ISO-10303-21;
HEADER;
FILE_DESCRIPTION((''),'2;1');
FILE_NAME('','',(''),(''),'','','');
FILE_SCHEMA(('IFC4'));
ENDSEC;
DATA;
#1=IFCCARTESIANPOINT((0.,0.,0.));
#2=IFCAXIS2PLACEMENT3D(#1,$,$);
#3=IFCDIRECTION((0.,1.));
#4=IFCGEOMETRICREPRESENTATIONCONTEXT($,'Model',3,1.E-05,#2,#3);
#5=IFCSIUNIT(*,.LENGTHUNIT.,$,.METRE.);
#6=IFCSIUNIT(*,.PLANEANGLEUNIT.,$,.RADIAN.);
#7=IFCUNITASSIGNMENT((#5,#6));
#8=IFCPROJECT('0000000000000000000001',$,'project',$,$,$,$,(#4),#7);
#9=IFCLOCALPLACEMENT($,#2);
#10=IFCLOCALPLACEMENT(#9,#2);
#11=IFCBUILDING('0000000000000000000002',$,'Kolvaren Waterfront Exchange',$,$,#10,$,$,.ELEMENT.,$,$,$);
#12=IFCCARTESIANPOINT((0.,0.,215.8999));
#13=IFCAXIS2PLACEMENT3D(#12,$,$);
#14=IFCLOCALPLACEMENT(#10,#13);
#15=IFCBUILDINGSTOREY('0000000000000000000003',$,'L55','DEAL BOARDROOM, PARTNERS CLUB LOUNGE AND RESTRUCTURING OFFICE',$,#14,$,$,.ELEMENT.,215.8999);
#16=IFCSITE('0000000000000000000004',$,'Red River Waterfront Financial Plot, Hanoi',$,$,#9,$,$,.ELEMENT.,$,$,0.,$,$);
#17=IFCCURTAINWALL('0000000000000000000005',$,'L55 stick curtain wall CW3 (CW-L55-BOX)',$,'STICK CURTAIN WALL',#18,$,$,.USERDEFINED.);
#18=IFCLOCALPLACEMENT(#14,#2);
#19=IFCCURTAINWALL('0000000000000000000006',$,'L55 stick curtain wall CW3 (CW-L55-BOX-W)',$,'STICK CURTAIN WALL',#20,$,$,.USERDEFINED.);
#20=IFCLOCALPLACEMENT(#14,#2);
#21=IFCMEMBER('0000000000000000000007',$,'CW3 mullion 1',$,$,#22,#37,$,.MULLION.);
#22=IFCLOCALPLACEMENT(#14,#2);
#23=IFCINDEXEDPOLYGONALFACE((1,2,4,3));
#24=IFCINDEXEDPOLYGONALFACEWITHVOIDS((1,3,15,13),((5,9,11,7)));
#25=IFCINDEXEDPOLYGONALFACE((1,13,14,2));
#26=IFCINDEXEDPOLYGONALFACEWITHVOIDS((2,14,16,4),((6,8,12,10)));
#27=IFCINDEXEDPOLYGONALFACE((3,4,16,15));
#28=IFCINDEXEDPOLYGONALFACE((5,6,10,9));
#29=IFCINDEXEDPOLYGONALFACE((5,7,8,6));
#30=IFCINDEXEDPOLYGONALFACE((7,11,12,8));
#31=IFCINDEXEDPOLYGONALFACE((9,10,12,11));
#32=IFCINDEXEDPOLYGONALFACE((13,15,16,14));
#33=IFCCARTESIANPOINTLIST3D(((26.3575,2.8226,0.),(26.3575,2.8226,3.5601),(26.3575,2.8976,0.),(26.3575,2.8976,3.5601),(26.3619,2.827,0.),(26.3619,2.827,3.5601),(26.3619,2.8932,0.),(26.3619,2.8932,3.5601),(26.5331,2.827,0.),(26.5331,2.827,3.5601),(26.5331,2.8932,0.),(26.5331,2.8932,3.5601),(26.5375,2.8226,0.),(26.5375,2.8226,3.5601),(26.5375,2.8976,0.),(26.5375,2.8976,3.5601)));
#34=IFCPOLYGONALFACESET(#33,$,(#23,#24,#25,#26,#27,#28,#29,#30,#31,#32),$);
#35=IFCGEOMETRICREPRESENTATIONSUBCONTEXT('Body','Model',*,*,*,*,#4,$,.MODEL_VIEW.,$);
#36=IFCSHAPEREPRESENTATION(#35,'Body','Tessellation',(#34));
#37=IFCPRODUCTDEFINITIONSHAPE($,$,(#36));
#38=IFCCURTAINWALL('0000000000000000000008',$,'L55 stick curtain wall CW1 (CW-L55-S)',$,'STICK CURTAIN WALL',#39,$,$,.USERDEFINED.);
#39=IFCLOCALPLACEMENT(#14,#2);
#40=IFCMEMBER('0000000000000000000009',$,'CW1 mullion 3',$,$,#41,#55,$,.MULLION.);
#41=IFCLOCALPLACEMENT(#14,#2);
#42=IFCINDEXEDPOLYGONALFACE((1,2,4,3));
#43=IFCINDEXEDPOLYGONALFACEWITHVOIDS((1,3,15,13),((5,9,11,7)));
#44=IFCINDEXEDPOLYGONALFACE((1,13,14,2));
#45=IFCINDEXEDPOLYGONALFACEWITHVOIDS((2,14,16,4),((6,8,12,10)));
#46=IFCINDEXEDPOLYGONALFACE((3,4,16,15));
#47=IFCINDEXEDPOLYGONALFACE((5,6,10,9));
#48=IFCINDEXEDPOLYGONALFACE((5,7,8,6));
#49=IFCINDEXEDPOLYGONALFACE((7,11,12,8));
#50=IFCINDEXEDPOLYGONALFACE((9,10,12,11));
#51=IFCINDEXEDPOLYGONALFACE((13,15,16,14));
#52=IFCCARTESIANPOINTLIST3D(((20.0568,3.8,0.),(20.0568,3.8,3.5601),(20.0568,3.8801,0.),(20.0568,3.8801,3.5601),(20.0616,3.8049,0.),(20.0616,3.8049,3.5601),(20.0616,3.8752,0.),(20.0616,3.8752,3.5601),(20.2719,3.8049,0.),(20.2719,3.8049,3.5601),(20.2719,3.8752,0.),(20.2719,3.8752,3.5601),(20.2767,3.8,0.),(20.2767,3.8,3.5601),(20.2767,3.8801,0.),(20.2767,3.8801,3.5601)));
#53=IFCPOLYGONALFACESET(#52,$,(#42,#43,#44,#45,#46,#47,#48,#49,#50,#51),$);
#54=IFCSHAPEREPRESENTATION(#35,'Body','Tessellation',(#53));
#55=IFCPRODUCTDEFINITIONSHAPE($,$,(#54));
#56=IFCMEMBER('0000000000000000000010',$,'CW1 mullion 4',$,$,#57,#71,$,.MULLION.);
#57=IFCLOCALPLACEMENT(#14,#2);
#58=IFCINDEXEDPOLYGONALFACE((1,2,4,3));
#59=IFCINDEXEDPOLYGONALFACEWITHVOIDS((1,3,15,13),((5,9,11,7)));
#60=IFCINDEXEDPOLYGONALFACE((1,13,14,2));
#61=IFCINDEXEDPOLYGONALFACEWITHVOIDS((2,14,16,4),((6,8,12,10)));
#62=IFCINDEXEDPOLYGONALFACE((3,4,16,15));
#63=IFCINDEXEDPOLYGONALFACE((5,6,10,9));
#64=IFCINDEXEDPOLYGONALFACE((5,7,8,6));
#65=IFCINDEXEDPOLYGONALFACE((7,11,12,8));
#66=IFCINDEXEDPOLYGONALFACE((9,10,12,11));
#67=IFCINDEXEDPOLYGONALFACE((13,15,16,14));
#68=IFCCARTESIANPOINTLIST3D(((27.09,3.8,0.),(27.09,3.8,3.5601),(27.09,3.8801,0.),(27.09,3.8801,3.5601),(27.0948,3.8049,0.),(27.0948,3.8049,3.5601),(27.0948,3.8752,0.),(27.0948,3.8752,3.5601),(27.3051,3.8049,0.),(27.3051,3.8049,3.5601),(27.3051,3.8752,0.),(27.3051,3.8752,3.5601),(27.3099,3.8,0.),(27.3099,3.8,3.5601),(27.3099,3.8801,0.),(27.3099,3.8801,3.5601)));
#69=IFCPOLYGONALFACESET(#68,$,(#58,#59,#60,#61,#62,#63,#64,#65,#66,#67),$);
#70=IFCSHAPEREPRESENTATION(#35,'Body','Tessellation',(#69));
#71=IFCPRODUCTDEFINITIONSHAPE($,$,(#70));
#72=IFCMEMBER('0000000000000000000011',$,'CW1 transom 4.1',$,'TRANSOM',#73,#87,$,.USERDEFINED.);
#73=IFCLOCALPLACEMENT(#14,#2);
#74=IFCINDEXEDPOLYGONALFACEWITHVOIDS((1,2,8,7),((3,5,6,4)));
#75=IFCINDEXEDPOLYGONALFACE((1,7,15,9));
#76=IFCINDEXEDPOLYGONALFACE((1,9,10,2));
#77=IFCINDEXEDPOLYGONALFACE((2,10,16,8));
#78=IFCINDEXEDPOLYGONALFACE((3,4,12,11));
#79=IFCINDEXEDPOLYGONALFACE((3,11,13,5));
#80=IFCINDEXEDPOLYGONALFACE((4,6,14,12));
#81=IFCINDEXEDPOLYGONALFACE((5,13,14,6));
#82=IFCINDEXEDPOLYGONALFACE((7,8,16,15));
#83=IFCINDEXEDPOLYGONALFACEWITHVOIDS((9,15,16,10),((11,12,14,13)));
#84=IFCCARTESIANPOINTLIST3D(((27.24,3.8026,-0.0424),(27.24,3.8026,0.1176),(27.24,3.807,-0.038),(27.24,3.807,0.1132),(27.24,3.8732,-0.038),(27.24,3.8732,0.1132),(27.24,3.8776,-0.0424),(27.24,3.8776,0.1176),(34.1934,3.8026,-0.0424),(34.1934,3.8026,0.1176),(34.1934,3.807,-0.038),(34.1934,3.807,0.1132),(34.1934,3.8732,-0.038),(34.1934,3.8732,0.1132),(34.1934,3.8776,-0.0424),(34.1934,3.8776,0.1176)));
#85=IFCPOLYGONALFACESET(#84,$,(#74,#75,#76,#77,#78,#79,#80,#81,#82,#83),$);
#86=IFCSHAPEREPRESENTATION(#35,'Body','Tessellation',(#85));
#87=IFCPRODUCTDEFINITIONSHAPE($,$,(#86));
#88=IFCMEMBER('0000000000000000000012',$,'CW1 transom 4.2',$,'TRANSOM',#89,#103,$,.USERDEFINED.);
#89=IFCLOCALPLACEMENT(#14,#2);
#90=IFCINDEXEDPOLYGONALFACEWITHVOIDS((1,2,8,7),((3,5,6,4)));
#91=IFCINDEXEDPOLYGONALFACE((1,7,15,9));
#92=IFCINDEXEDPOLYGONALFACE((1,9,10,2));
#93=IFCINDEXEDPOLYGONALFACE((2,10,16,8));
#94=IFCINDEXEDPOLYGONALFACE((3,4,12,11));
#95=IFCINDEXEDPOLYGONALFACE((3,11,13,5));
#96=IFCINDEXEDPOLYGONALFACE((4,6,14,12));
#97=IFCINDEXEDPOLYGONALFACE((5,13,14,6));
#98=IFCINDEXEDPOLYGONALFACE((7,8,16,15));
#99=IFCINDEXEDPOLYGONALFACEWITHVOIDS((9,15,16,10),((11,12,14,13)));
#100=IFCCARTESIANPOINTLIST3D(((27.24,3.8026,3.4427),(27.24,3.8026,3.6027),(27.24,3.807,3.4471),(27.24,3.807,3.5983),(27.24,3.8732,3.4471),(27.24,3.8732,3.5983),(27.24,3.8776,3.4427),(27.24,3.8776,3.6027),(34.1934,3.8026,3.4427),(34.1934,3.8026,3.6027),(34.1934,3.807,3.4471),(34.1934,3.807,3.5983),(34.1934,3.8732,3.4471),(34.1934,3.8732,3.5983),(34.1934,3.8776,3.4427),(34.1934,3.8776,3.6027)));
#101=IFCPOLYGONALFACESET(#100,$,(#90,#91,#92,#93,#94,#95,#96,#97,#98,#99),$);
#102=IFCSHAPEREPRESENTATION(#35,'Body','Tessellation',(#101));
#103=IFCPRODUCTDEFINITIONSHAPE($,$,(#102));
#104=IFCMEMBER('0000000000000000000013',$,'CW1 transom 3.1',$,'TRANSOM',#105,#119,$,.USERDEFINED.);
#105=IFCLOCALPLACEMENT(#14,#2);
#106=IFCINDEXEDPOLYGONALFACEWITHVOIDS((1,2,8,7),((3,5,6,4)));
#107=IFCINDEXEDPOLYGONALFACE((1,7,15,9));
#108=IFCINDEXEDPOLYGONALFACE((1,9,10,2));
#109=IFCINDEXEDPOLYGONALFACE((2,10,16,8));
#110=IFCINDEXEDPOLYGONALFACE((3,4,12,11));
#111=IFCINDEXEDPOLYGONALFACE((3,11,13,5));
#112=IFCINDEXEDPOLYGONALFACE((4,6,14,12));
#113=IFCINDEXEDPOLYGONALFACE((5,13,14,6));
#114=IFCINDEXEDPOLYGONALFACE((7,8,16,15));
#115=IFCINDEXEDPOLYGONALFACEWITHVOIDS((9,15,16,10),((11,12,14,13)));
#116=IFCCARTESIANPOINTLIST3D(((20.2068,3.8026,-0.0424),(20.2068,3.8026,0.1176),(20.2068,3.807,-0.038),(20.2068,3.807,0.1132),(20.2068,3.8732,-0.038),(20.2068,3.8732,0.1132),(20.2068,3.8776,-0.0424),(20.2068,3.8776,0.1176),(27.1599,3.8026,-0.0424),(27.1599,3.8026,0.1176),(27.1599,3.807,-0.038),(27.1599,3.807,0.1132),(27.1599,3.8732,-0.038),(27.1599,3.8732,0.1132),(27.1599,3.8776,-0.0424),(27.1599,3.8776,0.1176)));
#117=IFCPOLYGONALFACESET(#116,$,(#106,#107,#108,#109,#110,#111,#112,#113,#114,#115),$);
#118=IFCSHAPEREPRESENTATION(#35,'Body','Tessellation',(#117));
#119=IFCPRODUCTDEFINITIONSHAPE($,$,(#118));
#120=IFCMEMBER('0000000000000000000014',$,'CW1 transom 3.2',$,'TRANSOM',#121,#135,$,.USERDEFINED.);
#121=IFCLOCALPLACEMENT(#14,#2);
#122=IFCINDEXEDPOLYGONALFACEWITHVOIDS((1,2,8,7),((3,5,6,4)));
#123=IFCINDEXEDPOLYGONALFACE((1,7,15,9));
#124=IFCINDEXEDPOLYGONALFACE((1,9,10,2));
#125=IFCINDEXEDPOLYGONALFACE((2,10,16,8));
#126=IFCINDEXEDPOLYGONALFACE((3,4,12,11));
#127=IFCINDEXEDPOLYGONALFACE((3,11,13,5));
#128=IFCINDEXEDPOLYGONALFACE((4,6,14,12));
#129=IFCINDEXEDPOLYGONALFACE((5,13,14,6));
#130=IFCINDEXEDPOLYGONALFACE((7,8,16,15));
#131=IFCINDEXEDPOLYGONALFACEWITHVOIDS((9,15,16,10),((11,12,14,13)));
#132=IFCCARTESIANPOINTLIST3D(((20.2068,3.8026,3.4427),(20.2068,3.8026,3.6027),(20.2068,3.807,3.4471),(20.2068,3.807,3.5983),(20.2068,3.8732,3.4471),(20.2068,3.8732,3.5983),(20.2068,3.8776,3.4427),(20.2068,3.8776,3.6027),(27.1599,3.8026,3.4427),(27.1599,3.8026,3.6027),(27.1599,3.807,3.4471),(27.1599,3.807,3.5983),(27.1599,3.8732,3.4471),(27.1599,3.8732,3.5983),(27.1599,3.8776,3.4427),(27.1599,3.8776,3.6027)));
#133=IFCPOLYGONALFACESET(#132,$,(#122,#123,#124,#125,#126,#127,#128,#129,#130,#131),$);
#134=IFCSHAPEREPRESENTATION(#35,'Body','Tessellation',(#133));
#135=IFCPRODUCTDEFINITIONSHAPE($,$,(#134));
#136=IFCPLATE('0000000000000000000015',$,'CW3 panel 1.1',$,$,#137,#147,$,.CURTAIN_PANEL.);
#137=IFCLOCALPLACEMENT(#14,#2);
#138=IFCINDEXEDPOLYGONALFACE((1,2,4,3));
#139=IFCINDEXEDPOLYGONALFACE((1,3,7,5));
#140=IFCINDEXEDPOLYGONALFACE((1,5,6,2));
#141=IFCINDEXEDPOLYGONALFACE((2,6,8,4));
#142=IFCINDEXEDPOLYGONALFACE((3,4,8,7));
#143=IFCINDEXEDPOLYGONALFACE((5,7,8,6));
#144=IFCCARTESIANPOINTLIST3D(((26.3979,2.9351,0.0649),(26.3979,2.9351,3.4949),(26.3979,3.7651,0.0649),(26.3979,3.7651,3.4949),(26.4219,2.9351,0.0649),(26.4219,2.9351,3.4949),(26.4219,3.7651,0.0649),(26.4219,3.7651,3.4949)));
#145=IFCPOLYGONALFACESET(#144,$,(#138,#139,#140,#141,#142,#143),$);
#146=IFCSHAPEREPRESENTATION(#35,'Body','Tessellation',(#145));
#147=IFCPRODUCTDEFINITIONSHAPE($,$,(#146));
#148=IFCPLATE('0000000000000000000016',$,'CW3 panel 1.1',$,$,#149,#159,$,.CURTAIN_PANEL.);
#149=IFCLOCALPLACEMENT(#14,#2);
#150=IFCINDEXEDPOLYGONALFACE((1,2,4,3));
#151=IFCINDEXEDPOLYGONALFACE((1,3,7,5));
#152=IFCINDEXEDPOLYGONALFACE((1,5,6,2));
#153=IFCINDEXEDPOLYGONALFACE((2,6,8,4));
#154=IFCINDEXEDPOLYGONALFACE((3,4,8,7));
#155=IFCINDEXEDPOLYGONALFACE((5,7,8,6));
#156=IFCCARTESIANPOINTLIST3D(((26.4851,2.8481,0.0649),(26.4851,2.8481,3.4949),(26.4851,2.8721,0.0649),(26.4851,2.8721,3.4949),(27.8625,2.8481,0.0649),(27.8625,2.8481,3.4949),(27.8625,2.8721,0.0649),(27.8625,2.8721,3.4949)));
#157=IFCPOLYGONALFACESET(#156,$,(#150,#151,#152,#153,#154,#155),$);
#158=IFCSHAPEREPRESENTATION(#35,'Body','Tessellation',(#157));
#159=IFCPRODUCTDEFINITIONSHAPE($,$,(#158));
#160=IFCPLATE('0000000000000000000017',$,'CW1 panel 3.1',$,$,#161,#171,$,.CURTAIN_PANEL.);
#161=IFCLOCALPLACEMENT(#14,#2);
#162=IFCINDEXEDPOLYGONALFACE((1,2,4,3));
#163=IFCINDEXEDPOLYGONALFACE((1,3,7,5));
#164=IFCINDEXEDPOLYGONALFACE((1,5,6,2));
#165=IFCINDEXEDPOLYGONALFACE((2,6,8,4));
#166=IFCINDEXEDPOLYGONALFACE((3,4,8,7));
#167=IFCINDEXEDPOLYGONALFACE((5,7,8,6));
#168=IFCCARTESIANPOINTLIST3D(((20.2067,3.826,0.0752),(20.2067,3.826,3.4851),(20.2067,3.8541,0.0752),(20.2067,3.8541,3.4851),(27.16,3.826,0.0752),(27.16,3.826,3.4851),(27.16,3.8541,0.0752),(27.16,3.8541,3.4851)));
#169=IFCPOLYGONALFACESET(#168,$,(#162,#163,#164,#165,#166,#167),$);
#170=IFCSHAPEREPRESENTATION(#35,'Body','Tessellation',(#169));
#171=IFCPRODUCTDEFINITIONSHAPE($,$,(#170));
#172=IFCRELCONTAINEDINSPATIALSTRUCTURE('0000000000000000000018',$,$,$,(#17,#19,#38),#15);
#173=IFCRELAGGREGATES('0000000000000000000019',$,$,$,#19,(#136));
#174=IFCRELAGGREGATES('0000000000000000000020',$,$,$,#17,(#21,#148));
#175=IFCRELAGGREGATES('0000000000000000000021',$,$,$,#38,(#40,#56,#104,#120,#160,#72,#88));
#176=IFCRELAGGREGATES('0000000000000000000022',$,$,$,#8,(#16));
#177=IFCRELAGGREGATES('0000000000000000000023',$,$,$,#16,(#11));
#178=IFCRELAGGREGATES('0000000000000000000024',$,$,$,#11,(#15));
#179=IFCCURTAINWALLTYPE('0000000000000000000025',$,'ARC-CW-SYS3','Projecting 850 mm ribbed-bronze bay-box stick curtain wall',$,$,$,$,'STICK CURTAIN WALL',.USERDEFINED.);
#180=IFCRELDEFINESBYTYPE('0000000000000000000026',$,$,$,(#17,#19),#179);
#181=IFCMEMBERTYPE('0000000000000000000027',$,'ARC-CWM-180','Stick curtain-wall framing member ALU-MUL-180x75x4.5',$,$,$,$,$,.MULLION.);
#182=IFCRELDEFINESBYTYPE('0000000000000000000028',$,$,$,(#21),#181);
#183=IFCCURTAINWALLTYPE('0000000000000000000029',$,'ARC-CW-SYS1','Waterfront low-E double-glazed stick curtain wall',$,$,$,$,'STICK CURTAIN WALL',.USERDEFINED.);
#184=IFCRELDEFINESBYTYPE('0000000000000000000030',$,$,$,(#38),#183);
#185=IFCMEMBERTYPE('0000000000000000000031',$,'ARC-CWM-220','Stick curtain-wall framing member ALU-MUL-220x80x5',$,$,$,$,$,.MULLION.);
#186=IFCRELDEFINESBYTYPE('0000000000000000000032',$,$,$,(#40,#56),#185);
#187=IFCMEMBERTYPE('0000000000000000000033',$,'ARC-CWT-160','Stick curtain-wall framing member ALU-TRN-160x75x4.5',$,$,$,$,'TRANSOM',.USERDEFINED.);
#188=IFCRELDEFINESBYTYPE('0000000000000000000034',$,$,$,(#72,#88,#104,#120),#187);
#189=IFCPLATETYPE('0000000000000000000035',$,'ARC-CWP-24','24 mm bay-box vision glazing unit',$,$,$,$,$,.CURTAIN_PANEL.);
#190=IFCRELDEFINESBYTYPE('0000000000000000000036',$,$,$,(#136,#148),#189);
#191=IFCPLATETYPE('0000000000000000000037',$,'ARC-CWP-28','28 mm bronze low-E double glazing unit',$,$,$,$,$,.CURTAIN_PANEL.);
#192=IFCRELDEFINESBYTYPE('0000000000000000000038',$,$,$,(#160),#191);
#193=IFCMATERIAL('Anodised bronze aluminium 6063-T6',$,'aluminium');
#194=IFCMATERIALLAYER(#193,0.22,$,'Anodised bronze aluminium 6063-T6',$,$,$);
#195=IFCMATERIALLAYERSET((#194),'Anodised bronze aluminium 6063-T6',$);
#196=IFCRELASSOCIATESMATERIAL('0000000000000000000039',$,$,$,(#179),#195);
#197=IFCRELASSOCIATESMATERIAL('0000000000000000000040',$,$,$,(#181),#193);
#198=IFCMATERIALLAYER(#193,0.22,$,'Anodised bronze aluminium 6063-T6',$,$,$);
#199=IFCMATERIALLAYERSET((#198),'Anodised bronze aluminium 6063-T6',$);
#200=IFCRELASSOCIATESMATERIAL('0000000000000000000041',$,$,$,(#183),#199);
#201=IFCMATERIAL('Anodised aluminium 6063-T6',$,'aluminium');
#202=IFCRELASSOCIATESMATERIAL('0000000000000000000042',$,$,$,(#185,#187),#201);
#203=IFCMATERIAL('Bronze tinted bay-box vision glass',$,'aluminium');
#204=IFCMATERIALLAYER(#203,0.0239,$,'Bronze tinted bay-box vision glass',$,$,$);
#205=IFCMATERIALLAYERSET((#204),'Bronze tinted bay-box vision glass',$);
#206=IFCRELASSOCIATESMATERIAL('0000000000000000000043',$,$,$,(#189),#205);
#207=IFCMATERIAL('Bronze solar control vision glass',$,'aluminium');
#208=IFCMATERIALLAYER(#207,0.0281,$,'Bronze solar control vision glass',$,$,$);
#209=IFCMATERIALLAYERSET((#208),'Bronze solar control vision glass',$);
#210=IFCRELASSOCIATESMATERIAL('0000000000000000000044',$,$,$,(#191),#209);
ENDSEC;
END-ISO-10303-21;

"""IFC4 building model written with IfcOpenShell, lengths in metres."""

from ifc_helpers import new_model, si_unit, direction, frame, origin, origin_with_axes, origin_2d, place, context, subcontext, project, spatial, rectangle, hollow_rectangle, extrude, source, transform, mapped, material, layer, layer_set, material_profile, profile_set, type_object, element, aggregate, save


model = new_model("IFC4")

# Units and contexts
model_context = context("Model", 3, precision=1e-05, world=origin(), true_north=direction((0.0, 1.0)))
body_context = subcontext(model_context, "Body", "Model", "MODEL_VIEW")
ifc_project = project(units=[si_unit("LENGTHUNIT", "METRE"), si_unit("PLANEANGLEUNIT", "RADIAN")], contexts=[model_context])

# Site, building, storey
site_placement = place(None, origin())
site = spatial("IfcSite", under=ifc_project, at=site_placement, Name="Red River Waterfront Financial Plot, Hanoi", CompositionType="ELEMENT", RefElevation=0.0)
building_placement = place(site_placement, origin())
building = spatial("IfcBuilding", under=site, at=building_placement, Name="Kolvaren Waterfront Exchange", CompositionType="ELEMENT")
storey_placement = place(building_placement, frame((0.0, 0.0, 215.8999)))
storey = spatial("IfcBuildingStorey", under=building, at=storey_placement, Name="L55", Description="DEAL BOARDROOM, PARTNERS CLUB LOUNGE AND RESTRUCTURING OFFICE", CompositionType="ELEMENT", Elevation=215.8999)

# Curtain walls
ifc_material_1 = material(Name="Anodised bronze aluminium 6063-T6", Category="aluminium")
ifc_layer_1 = layer(ifc_material_1, 0.22, Name="Anodised bronze aluminium 6063-T6")
ifc_layer_set_1 = layer_set([ifc_layer_1], Name="Anodised bronze aluminium 6063-T6")
curtain_wall_type_1 = type_object("IfcCurtainWallType", Name="ARC-CW-SYS3", Description="Projecting 850 mm ribbed-bronze bay-box stick curtain wall", ElementType="STICK CURTAIN WALL", PredefinedType="USERDEFINED", material=ifc_layer_set_1)
curtain_wall_1_placement = place(storey_placement, origin())
curtain_wall_1 = element("IfcCurtainWall", 1, at=curtain_wall_1_placement, inside=storey, type_object=curtain_wall_type_1, Name="L55 stick curtain wall CW3 (CW-L55-BOX)", ObjectType="STICK CURTAIN WALL", PredefinedType="USERDEFINED")
curtain_wall_2_placement = place(storey_placement, origin())
curtain_wall_2 = element("IfcCurtainWall", 2, at=curtain_wall_2_placement, inside=storey, type_object=curtain_wall_type_1, Name="L55 stick curtain wall CW3 (CW-L55-BOX-W)", ObjectType="STICK CURTAIN WALL", PredefinedType="USERDEFINED")
ifc_material_profile_1 = material_profile(ifc_material_1, hollow_rectangle(XDim=0.075, YDim=0.1799, WallThickness=0.0044, at=origin_2d()), Name="ALU-MUL-180x75x4.5")
ifc_profile_set_1 = profile_set([ifc_material_profile_1], Name="Anodised bronze aluminium 6063-T6")
member_type_1 = type_object("IfcMemberType", Name="ARC-CWM-180", Description="Stick curtain-wall framing member ALU-MUL-180x75x4.5", PredefinedType="MULLION", material=ifc_profile_set_1)
shared_shape_1 = source(origin_with_axes(), body_context, "Body", "SweptSolid", [
    extrude(hollow_rectangle(XDim=0.075, YDim=0.1799, WallThickness=0.0044, at=origin_2d()), origin(), (0.0, 0.0, 1.0), 3.5601),
])

# Member
member_1_placement = place(storey_placement, frame((26.4475, 2.8601, 0.0), z_axis=(0.0, 0.0, 1.0), x_axis=(0.0, 1.0, 0.0)))
member_1 = element("IfcMember", 3, at=member_1_placement, type_object=member_type_1, Name="CW3 mullion 1", PredefinedType="MULLION", context=body_context, shape_type="MappedRepresentation", body=[
    mapped(shared_shape_1, transform((0.0, 0.0, 0.0), x_axis=(1.0, 0.0, 0.0), y_axis=(0.0, 1.0, 0.0), z_axis=(0.0, 0.0, 1.0), scale=1.0)),
])

# Curtain wall, members
ifc_layer_2 = layer(ifc_material_1, 0.22, Name="Anodised bronze aluminium 6063-T6")
ifc_layer_set_2 = layer_set([ifc_layer_2], Name="Anodised bronze aluminium 6063-T6")
curtain_wall_type_2 = type_object("IfcCurtainWallType", Name="ARC-CW-SYS1", Description="Waterfront low-E double-glazed stick curtain wall", ElementType="STICK CURTAIN WALL", PredefinedType="USERDEFINED", material=ifc_layer_set_2)
curtain_wall_3_placement = place(storey_placement, origin())
curtain_wall_3 = element("IfcCurtainWall", 4, at=curtain_wall_3_placement, inside=storey, type_object=curtain_wall_type_2, Name="L55 stick curtain wall CW1 (CW-L55-S)", ObjectType="STICK CURTAIN WALL", PredefinedType="USERDEFINED")
ifc_material_2 = material(Name="Anodised aluminium 6063-T6", Category="aluminium")
ifc_material_profile_2 = material_profile(ifc_material_2, hollow_rectangle(XDim=0.0801, YDim=0.22, WallThickness=0.0049, at=origin_2d()), Name="ALU-MUL-220x80x5")
ifc_profile_set_2 = profile_set([ifc_material_profile_2], Name="Anodised aluminium 6063-T6")
member_type_2 = type_object("IfcMemberType", Name="ARC-CWM-220", Description="Stick curtain-wall framing member ALU-MUL-220x80x5", PredefinedType="MULLION", material=ifc_profile_set_2)
shared_shape_2 = source(origin_with_axes(), body_context, "Body", "SweptSolid", [
    extrude(hollow_rectangle(XDim=0.0801, YDim=0.22, WallThickness=0.0049, at=origin_2d()), origin(), (0.0, 0.0, 1.0), 3.5601),
])
member_2_placement = place(storey_placement, frame((20.1667, 3.8401, 0.0), z_axis=(0.0, 0.0, 1.0), x_axis=(0.0, 1.0, 0.0)))
member_2 = element("IfcMember", 5, at=member_2_placement, type_object=member_type_2, Name="CW1 mullion 3", PredefinedType="MULLION", context=body_context, shape_type="MappedRepresentation", body=[
    mapped(shared_shape_2, transform((0.0, 0.0, 0.0), x_axis=(1.0, 0.0, 0.0), y_axis=(0.0, 1.0, 0.0), z_axis=(0.0, 0.0, 1.0), scale=1.0)),
])
member_3_placement = place(storey_placement, frame((27.2, 3.8401, 0.0), z_axis=(0.0, 0.0, 1.0), x_axis=(0.0, 1.0, 0.0)))
member_3 = element("IfcMember", 6, at=member_3_placement, type_object=member_type_2, Name="CW1 mullion 4", PredefinedType="MULLION", context=body_context, shape_type="MappedRepresentation", body=[
    mapped(shared_shape_2, transform((0.0, 0.0, 0.0), x_axis=(1.0, 0.0, 0.0), y_axis=(0.0, 1.0, 0.0), z_axis=(0.0, 0.0, 1.0), scale=1.0)),
])
ifc_material_profile_3 = material_profile(ifc_material_2, hollow_rectangle(XDim=0.075, YDim=0.1599, WallThickness=0.0044, at=origin_2d()), Name="ALU-TRN-160x75x4.5")
ifc_profile_set_3 = profile_set([ifc_material_profile_3], Name="Anodised aluminium 6063-T6")
member_type_3 = type_object("IfcMemberType", Name="ARC-CWT-160", Description="Stick curtain-wall framing member ALU-TRN-160x75x4.5", ElementType="TRANSOM", PredefinedType="USERDEFINED", material=ifc_profile_set_3)
shared_shape_3 = source(origin_with_axes(), body_context, "Body", "SweptSolid", [
    extrude(hollow_rectangle(XDim=0.075, YDim=0.1599, WallThickness=0.0044, at=origin_2d()), origin(), (0.0, 0.0, 1.0), 6.9534),
])
member_4_placement = place(storey_placement, frame((27.24, 3.8401, 0.0376), z_axis=(1.0, 0.0, 0.0), x_axis=(0.0, 1.0, 0.0)))
member_4 = element("IfcMember", 7, at=member_4_placement, type_object=member_type_3, Name="CW1 transom 4.1", ObjectType="TRANSOM", PredefinedType="USERDEFINED", context=body_context, shape_type="MappedRepresentation", body=[
    mapped(shared_shape_3, transform((0.0, 0.0, 0.0), x_axis=(1.0, 0.0, 0.0), y_axis=(0.0, 1.0, 0.0), z_axis=(0.0, 0.0, 1.0), scale=1.0)),
])
member_5_placement = place(storey_placement, frame((27.24, 3.8401, 3.5227), z_axis=(1.0, 0.0, 0.0), x_axis=(0.0, 1.0, 0.0)))
member_5 = element("IfcMember", 8, at=member_5_placement, type_object=member_type_3, Name="CW1 transom 4.2", ObjectType="TRANSOM", PredefinedType="USERDEFINED", context=body_context, shape_type="MappedRepresentation", body=[
    mapped(shared_shape_3, transform((0.0, 0.0, 0.0), x_axis=(1.0, 0.0, 0.0), y_axis=(0.0, 1.0, 0.0), z_axis=(0.0, 0.0, 1.0), scale=1.0)),
])
shared_shape_4 = source(origin_with_axes(), body_context, "Body", "SweptSolid", [
    extrude(hollow_rectangle(XDim=0.075, YDim=0.1599, WallThickness=0.0044, at=origin_2d()), origin(), (0.0, 0.0, 1.0), 6.9531),
])
member_6_placement = place(storey_placement, frame((20.2068, 3.8401, 0.0376), z_axis=(1.0, 0.0, 0.0), x_axis=(0.0, 1.0, 0.0)))
member_6 = element("IfcMember", 9, at=member_6_placement, type_object=member_type_3, Name="CW1 transom 3.1", ObjectType="TRANSOM", PredefinedType="USERDEFINED", context=body_context, shape_type="MappedRepresentation", body=[
    mapped(shared_shape_4, transform((0.0, 0.0, 0.0), x_axis=(1.0, 0.0, 0.0), y_axis=(0.0, 1.0, 0.0), z_axis=(0.0, 0.0, 1.0), scale=1.0)),
])
member_7_placement = place(storey_placement, frame((20.2068, 3.8401, 3.5227), z_axis=(1.0, 0.0, 0.0), x_axis=(0.0, 1.0, 0.0)))
member_7 = element("IfcMember", 10, at=member_7_placement, type_object=member_type_3, Name="CW1 transom 3.2", ObjectType="TRANSOM", PredefinedType="USERDEFINED", context=body_context, shape_type="MappedRepresentation", body=[
    mapped(shared_shape_4, transform((0.0, 0.0, 0.0), x_axis=(1.0, 0.0, 0.0), y_axis=(0.0, 1.0, 0.0), z_axis=(0.0, 0.0, 1.0), scale=1.0)),
])

# Plates
ifc_material_3 = material(Name="Bronze tinted bay-box vision glass", Category="aluminium")
ifc_layer_3 = layer(ifc_material_3, 0.0239, Name="Bronze tinted bay-box vision glass")
ifc_layer_set_3 = layer_set([ifc_layer_3], Name="Bronze tinted bay-box vision glass")
plate_type_1 = type_object("IfcPlateType", Name="ARC-CWP-24", Description="24 mm bay-box vision glazing unit", PredefinedType="CURTAIN_PANEL", material=ifc_layer_set_3)
shared_shape_5 = source(origin_with_axes(), body_context, "Body", "SweptSolid", [
    extrude(rectangle(XDim=0.8301, YDim=0.0239, at=origin_2d()), origin(), (0.0, 0.0, 1.0), 3.4299),
])
plate_1_placement = place(storey_placement, frame((26.4099, 3.3501, 0.0649), z_axis=(0.0, 0.0, 1.0), x_axis=(0.0, -1.0, 0.0)))
plate_1 = element("IfcPlate", 11, at=plate_1_placement, type_object=plate_type_1, Name="CW3 panel 1.1", PredefinedType="CURTAIN_PANEL", context=body_context, shape_type="MappedRepresentation", body=[
    mapped(shared_shape_5, transform((0.0, 0.0, 0.0), x_axis=(1.0, 0.0, 0.0), y_axis=(0.0, 1.0, 0.0), z_axis=(0.0, 0.0, 1.0), scale=1.0)),
])
aggregate(curtain_wall_2, [plate_1])
shared_shape_6 = source(origin_with_axes(), body_context, "Body", "SweptSolid", [
    extrude(rectangle(XDim=1.3774, YDim=0.0239, at=origin_2d()), origin(), (0.0, 0.0, 1.0), 3.4299),
])
plate_2_placement = place(storey_placement, frame((27.1738, 2.8601, 0.0649), z_axis=(0.0, 0.0, 1.0), x_axis=(1.0, 0.0, 0.0)))
plate_2 = element("IfcPlate", 12, at=plate_2_placement, type_object=plate_type_1, Name="CW3 panel 1.1", PredefinedType="CURTAIN_PANEL", context=body_context, shape_type="MappedRepresentation", body=[
    mapped(shared_shape_6, transform((0.0, 0.0, 0.0), x_axis=(1.0, 0.0, 0.0), y_axis=(0.0, 1.0, 0.0), z_axis=(0.0, 0.0, 1.0), scale=1.0)),
])
aggregate(curtain_wall_1, [member_1, plate_2])
ifc_material_4 = material(Name="Bronze solar control vision glass", Category="aluminium")
ifc_layer_4 = layer(ifc_material_4, 0.0281, Name="Bronze solar control vision glass")
ifc_layer_set_4 = layer_set([ifc_layer_4], Name="Bronze solar control vision glass")
plate_type_2 = type_object("IfcPlateType", Name="ARC-CWP-28", Description="28 mm bronze low-E double glazing unit", PredefinedType="CURTAIN_PANEL", material=ifc_layer_set_4)
shared_shape_7 = source(origin_with_axes(), body_context, "Body", "SweptSolid", [
    extrude(rectangle(XDim=6.9534, YDim=0.0281, at=origin_2d()), origin(), (0.0, 0.0, 1.0), 3.4099),
])
plate_3_placement = place(storey_placement, frame((23.6833, 3.8401, 0.0752), z_axis=(0.0, 0.0, 1.0), x_axis=(1.0, 0.0, 0.0)))
plate_3 = element("IfcPlate", 13, at=plate_3_placement, type_object=plate_type_2, Name="CW1 panel 3.1", PredefinedType="CURTAIN_PANEL", context=body_context, shape_type="MappedRepresentation", body=[
    mapped(shared_shape_7, transform((0.0, 0.0, 0.0), x_axis=(1.0, 0.0, 0.0), y_axis=(0.0, 1.0, 0.0), z_axis=(0.0, 0.0, 1.0), scale=1.0)),
])
aggregate(curtain_wall_3, [member_2, member_3, member_6, member_7, plate_3, member_4, member_5])

save(model, "model.ifc")
